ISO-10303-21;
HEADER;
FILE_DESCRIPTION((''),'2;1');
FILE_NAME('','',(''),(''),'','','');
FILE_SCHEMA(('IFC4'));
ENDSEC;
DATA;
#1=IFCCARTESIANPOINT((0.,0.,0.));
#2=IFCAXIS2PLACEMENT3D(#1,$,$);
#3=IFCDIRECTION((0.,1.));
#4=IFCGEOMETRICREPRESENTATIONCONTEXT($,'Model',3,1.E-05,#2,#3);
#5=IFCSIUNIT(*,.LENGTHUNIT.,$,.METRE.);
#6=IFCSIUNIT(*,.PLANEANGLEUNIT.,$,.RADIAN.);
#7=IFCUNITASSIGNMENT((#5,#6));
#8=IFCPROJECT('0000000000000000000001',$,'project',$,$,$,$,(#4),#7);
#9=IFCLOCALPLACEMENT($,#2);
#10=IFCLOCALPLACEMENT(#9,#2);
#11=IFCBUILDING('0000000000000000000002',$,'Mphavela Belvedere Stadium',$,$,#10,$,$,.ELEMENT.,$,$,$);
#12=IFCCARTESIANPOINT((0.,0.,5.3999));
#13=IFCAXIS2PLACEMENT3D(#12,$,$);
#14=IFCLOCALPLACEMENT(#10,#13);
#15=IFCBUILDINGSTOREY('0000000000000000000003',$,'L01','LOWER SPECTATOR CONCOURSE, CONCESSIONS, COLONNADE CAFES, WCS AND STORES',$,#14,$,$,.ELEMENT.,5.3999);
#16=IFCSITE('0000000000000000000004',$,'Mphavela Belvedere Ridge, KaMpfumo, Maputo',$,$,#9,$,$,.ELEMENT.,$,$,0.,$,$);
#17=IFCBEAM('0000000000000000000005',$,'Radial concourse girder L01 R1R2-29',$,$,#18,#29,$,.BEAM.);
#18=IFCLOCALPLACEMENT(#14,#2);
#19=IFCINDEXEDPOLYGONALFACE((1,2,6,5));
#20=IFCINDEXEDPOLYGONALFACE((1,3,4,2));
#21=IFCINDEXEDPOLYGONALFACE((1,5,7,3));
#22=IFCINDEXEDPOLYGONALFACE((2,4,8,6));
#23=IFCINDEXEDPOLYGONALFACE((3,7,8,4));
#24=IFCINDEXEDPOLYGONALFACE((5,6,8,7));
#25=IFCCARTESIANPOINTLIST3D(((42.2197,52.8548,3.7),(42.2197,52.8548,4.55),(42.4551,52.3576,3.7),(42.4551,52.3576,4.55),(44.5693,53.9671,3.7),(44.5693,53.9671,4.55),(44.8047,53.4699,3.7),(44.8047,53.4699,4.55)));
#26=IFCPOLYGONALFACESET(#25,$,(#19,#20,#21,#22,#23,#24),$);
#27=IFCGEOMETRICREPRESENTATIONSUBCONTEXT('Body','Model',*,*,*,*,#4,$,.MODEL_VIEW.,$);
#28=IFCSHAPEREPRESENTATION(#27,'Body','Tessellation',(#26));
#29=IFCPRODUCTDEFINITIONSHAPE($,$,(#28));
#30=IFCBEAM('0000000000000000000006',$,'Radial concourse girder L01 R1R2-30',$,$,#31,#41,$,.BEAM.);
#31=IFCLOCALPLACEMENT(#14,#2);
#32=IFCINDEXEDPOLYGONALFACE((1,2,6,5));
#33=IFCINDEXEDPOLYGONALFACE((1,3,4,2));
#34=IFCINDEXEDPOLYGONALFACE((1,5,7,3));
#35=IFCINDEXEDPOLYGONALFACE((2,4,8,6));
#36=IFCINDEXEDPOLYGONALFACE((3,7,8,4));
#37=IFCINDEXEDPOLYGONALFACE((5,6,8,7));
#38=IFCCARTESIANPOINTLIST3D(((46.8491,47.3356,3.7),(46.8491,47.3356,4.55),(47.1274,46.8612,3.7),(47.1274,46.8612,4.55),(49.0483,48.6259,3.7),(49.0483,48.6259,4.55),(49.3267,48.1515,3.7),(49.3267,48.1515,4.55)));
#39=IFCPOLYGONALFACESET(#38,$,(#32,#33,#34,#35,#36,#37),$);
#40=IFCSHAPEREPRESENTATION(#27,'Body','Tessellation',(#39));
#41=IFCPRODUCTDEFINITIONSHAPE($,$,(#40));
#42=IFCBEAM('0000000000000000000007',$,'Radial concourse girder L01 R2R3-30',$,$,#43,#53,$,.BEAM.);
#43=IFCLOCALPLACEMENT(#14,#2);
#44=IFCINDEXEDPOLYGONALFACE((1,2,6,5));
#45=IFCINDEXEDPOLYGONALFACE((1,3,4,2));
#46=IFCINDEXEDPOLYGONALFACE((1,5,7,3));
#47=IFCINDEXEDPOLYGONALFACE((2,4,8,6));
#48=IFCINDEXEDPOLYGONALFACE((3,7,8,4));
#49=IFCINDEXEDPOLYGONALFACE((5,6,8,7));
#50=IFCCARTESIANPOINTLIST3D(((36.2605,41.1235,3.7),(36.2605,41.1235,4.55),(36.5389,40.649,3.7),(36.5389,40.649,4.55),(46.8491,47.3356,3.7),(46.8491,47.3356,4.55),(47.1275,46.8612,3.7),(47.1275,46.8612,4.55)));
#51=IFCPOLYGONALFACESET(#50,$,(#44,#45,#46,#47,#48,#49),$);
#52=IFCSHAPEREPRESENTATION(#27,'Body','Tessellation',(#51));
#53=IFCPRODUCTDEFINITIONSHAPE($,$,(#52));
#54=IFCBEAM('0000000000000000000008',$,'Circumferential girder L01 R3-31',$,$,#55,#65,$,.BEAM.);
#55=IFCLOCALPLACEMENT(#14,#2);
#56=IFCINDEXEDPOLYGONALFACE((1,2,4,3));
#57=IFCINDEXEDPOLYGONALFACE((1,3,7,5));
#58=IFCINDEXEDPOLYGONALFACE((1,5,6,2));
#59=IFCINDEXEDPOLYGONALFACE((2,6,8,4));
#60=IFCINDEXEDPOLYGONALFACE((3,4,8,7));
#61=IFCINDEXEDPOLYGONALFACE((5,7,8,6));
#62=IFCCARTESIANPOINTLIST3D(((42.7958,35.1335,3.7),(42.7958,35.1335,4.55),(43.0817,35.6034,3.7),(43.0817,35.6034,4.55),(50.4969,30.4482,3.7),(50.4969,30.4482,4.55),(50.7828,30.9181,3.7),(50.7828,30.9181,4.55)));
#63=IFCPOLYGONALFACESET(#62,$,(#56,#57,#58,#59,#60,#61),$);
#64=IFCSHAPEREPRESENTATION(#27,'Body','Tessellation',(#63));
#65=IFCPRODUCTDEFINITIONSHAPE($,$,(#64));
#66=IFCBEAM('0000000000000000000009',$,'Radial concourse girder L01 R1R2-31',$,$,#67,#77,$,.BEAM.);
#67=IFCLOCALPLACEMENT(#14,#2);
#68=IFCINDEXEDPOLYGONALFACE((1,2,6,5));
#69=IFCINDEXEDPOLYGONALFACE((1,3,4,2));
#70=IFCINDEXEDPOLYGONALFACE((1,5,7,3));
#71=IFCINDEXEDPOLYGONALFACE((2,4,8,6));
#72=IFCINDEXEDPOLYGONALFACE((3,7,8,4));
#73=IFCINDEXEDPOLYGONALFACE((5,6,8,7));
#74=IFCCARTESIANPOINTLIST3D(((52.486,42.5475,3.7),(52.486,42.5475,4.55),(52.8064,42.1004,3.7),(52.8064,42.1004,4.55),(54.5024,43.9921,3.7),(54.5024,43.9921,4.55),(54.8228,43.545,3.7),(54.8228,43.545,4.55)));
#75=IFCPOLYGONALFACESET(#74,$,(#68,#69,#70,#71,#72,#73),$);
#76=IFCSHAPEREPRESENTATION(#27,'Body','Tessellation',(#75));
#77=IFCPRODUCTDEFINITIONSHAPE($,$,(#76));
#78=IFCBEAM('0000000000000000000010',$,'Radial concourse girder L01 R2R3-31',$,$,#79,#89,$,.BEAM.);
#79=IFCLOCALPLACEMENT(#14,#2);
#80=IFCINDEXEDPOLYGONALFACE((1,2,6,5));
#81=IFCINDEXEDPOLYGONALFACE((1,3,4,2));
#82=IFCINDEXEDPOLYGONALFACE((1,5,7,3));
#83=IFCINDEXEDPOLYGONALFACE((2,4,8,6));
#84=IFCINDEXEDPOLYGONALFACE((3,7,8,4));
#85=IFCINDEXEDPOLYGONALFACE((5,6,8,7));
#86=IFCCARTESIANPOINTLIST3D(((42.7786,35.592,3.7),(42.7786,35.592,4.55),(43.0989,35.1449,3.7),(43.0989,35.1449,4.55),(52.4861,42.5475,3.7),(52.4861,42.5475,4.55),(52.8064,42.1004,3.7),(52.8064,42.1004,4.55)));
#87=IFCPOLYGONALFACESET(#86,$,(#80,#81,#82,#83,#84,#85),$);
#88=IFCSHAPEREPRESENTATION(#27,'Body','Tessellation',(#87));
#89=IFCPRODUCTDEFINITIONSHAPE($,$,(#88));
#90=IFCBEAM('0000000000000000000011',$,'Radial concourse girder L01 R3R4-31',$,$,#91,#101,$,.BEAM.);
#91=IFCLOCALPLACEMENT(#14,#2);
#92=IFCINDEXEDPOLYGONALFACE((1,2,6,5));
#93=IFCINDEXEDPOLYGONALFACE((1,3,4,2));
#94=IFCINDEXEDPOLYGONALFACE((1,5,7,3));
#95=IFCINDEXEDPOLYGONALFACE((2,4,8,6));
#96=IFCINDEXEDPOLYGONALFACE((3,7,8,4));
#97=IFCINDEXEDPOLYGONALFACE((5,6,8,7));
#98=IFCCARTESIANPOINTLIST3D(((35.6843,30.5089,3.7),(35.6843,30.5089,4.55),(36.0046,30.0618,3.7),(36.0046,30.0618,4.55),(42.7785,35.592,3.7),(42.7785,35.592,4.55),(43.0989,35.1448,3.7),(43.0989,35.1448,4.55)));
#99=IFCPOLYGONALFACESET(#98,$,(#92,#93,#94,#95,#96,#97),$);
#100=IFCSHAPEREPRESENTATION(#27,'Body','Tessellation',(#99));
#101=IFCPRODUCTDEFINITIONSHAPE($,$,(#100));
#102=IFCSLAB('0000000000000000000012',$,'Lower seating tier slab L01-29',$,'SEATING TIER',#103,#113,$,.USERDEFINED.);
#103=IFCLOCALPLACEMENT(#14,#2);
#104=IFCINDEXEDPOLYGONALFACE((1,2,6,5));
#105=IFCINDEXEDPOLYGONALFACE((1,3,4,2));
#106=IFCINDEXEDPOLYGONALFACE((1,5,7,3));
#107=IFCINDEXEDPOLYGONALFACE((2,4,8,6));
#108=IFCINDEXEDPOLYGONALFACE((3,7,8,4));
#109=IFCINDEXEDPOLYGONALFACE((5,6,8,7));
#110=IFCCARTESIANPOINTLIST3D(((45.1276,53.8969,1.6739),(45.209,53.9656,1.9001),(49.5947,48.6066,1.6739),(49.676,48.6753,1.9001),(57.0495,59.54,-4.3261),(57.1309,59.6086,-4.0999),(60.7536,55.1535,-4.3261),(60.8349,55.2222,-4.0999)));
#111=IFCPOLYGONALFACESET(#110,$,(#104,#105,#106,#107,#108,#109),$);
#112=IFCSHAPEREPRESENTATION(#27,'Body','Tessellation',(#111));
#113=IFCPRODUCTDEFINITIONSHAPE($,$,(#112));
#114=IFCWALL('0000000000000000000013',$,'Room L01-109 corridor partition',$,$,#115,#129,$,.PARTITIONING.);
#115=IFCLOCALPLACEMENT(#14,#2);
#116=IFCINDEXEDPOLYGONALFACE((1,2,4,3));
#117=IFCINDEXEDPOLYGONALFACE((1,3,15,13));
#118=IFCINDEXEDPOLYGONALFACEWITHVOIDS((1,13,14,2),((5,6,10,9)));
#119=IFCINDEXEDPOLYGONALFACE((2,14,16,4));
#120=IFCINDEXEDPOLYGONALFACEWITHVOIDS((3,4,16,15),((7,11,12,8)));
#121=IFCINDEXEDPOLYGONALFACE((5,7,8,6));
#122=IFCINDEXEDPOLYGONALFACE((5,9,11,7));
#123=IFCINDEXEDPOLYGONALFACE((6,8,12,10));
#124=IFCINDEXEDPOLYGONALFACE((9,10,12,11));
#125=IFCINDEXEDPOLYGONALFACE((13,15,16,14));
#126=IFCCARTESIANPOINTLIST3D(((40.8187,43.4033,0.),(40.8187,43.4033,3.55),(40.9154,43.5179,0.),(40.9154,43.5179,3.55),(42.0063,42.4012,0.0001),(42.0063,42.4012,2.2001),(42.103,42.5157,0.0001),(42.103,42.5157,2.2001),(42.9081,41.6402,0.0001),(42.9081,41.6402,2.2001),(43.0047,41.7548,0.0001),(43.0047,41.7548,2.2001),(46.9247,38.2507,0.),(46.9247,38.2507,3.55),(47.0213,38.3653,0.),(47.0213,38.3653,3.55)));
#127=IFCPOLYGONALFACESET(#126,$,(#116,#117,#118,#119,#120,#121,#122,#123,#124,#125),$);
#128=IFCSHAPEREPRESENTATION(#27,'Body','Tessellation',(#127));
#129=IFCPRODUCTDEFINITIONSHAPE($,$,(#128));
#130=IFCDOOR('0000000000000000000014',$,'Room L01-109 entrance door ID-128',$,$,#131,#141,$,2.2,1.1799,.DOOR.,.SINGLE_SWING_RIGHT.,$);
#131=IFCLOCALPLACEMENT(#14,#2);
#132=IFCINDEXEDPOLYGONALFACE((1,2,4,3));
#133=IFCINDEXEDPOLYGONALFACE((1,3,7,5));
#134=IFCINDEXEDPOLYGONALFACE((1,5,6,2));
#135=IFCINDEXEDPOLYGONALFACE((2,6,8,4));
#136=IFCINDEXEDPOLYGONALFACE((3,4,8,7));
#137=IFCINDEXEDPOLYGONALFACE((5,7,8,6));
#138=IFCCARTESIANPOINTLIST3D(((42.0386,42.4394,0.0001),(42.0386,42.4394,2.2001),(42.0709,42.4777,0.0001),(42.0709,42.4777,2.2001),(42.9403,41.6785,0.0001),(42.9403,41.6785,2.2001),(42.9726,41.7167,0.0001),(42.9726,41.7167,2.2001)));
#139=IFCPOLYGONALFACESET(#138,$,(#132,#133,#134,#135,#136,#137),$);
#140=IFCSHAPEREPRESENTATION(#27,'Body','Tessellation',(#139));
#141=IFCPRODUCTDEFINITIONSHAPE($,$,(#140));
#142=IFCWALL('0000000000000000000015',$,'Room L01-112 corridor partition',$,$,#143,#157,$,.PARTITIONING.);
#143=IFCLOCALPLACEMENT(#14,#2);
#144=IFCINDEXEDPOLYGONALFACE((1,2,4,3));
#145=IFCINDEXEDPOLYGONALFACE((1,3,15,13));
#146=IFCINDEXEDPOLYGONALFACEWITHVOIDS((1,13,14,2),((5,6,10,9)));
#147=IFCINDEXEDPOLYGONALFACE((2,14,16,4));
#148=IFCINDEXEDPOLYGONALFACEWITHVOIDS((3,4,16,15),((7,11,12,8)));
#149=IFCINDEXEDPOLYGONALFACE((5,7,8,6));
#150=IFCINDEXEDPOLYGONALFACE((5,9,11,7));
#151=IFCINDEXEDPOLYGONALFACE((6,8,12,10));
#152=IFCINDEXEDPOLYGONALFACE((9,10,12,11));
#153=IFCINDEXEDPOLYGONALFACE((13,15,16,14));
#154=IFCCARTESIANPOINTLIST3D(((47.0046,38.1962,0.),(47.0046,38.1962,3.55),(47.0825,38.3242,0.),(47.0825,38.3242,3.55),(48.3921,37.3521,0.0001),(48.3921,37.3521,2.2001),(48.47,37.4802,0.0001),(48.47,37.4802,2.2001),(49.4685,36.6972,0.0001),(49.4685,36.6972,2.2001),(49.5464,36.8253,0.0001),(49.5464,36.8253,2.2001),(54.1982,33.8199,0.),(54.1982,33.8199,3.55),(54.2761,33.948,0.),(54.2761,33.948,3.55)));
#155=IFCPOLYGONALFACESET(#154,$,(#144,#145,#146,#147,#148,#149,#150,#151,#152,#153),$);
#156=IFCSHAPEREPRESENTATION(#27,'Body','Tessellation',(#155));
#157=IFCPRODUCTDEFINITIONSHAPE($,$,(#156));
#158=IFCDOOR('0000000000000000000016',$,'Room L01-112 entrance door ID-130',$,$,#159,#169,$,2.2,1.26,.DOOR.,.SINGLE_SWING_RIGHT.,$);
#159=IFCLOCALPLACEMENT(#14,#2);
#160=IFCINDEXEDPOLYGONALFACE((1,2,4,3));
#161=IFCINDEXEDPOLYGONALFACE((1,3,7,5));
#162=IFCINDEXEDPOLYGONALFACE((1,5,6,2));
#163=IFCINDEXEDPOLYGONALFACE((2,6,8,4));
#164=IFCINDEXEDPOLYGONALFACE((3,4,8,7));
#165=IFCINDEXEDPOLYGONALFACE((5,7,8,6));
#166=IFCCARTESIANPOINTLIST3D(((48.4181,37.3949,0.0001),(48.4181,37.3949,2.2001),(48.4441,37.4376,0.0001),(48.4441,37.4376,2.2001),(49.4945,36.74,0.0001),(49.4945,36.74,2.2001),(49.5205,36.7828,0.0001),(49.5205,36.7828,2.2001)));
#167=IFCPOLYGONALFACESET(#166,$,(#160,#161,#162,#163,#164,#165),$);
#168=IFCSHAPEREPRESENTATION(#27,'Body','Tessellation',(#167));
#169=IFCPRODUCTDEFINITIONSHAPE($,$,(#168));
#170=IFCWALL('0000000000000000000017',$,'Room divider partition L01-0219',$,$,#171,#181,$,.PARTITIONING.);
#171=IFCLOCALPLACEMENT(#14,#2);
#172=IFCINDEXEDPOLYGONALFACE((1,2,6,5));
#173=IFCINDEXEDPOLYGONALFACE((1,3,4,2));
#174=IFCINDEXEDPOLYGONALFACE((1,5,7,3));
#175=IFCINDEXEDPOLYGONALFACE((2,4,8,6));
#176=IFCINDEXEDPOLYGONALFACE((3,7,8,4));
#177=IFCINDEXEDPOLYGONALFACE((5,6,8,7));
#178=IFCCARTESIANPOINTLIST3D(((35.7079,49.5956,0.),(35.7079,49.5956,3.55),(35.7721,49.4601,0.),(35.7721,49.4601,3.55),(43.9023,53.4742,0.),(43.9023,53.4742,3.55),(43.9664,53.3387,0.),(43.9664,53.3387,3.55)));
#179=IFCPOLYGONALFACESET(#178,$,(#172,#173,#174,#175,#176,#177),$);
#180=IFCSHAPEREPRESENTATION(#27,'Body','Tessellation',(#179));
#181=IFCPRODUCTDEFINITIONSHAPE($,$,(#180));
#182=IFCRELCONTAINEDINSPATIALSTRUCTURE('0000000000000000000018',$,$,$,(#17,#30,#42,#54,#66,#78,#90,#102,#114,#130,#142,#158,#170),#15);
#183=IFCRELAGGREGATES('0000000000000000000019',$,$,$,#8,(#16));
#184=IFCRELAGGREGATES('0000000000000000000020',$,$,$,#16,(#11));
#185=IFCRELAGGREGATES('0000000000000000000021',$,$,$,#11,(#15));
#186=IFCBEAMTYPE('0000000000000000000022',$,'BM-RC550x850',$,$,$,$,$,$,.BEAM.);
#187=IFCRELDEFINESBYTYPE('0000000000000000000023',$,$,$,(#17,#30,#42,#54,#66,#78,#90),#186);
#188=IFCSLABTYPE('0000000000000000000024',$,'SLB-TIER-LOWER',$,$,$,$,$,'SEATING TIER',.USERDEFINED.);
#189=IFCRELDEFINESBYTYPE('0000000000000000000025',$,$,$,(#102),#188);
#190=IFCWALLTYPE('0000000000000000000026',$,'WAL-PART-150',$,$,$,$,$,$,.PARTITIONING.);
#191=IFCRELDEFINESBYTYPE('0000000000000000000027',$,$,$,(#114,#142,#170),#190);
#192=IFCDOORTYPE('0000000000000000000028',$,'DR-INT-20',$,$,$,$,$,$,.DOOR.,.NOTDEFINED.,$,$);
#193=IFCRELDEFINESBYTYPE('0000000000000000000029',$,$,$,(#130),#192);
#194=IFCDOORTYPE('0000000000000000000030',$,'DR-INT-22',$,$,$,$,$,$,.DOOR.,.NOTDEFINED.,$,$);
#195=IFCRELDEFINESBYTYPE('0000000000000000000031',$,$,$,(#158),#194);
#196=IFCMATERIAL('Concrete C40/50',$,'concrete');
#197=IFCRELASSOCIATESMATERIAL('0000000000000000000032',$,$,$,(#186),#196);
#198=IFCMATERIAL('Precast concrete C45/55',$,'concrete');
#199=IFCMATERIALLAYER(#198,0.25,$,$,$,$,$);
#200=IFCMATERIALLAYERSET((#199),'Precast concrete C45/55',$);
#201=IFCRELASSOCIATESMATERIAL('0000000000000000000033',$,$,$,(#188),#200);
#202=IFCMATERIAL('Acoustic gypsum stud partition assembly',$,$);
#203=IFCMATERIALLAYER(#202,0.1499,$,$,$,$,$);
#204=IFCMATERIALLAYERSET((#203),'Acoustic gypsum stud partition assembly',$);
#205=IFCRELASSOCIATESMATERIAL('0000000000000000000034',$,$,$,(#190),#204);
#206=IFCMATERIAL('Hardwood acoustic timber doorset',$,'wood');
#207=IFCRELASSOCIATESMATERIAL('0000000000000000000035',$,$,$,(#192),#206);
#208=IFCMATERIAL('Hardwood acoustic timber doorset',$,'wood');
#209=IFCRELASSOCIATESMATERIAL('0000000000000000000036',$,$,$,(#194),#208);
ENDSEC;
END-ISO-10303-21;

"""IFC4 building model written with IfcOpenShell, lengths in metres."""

from ifc_helpers import new_model, si_unit, direction, frame, frame_2d, origin, origin_2d, place, context, subcontext, project, spatial, polyline, rectangle, outline, extrude, material, layer, layer_set, material_profile, profile_set, type_object, element, fill, save


model = new_model("IFC4")

# Units and contexts
model_context = context("Model", 3, precision=1e-05, world=origin(), true_north=direction((0.0, 1.0)))
body_context = subcontext(model_context, "Body", "Model", "MODEL_VIEW")
ifc_project = project(units=[si_unit("LENGTHUNIT", "METRE"), si_unit("PLANEANGLEUNIT", "RADIAN")], contexts=[model_context])

# Site, building, storey
site_placement = place(None, origin())
site = spatial("IfcSite", under=ifc_project, at=site_placement, Name="Mphavela Belvedere Ridge, KaMpfumo, Maputo", CompositionType="ELEMENT", RefElevation=0.0)
building_placement = place(site_placement, origin())
building = spatial("IfcBuilding", under=site, at=building_placement, Name="Mphavela Belvedere Stadium", CompositionType="ELEMENT")
storey_placement = place(building_placement, frame((0.0, 0.0, 5.3999)))
storey = spatial("IfcBuildingStorey", under=building, at=storey_placement, Name="L01", Description="LOWER SPECTATOR CONCOURSE, CONCESSIONS, COLONNADE CAFES, WCS AND STORES", CompositionType="ELEMENT", Elevation=5.3999)

# Beams
ifc_material_1 = material(Name="Concrete C40/50", Category="concrete")
ifc_material_profile_1 = material_profile(ifc_material_1, rectangle(XDim=0.55, YDim=0.8501, at=origin_2d()), Name="RC 550x850")
ifc_profile_set_1 = profile_set([ifc_material_profile_1], Name="Concrete C40/50")
beam_type_1 = type_object("IfcBeamType", Name="BM-RC550x850", PredefinedType="BEAM", material=ifc_profile_set_1)
beam_1_placement = place(storey_placement, frame((44.687, 53.7185, 4.125), z_axis=(-0.903837, -0.427876, 0.0), x_axis=(0.427876, -0.903837, 0.0)))
element("IfcBeam", 1, at=beam_1_placement, inside=storey, type_object=beam_type_1, Name="Radial concourse girder L01 R1R2-29", PredefinedType="BEAM", context=body_context, shape_type="SweptSolid", body=[
    extrude(rectangle(XDim=0.55, YDim=0.8501, at=origin_2d()), origin(), (0.0, 0.0, 1.0), 2.5996),
])
beam_2_placement = place(storey_placement, frame((49.1875, 48.3887, 4.125), z_axis=(-0.862512, -0.506036, 0.0), x_axis=(0.506036, -0.862512, 0.0)))
element("IfcBeam", 2, at=beam_2_placement, inside=storey, type_object=beam_type_1, Name="Radial concourse girder L01 R1R2-30", PredefinedType="BEAM", context=body_context, shape_type="SweptSolid", body=[
    extrude(rectangle(XDim=0.55, YDim=0.8501, at=origin_2d()), origin(), (0.0, 0.0, 1.0), 2.5498),
])
beam_3_placement = place(storey_placement, frame((46.9883, 47.0984, 4.125), z_axis=(-0.862519, -0.506025, 0.0), x_axis=(0.506025, -0.862519, 0.0)))
element("IfcBeam", 3, at=beam_3_placement, inside=storey, type_object=beam_type_1, Name="Radial concourse girder L01 R2R3-30", PredefinedType="BEAM", context=body_context, shape_type="SweptSolid", body=[
    extrude(rectangle(XDim=0.55, YDim=0.8501, at=origin_2d()), origin(), (0.0, 0.0, 1.0), 12.2764),
])
beam_4_placement = place(storey_placement, frame((42.9387, 35.3684, 4.125), z_axis=(0.854315, -0.519755, 0.0), x_axis=(0.519755, 0.854315, 0.0)))
element("IfcBeam", 4, at=beam_4_placement, inside=storey, type_object=beam_type_1, Name="Circumferential girder L01 R3-31", PredefinedType="BEAM", context=body_context, shape_type="SweptSolid", body=[
    extrude(rectangle(XDim=0.55, YDim=0.8501, at=origin_2d()), origin(), (0.0, 0.0, 1.0), 9.0144),
])
beam_5_placement = place(storey_placement, frame((54.6626, 43.7686, 4.125), z_axis=(-0.812908, -0.582392, 0.0), x_axis=(0.582392, -0.812908, 0.0)))
element("IfcBeam", 5, at=beam_5_placement, inside=storey, type_object=beam_type_1, Name="Radial concourse girder L01 R1R2-31", PredefinedType="BEAM", context=body_context, shape_type="SweptSolid", body=[
    extrude(rectangle(XDim=0.55, YDim=0.8501, at=origin_2d()), origin(), (0.0, 0.0, 1.0), 2.4805),
])
beam_6_placement = place(storey_placement, frame((52.6462, 42.324, 4.125), z_axis=(-0.812876, -0.582437, 0.0), x_axis=(0.582437, -0.812876, 0.0)))
element("IfcBeam", 6, at=beam_6_placement, inside=storey, type_object=beam_type_1, Name="Radial concourse girder L01 R2R3-31", PredefinedType="BEAM", context=body_context, shape_type="SweptSolid", body=[
    extrude(rectangle(XDim=0.55, YDim=0.8501, at=origin_2d()), origin(), (0.0, 0.0, 1.0), 11.9421),
])
beam_7_placement = place(storey_placement, frame((42.9387, 35.3684, 4.125), z_axis=(-0.812882, -0.582428, 0.0), x_axis=(0.582428, -0.812882, 0.0)))
element("IfcBeam", 7, at=beam_7_placement, inside=storey, type_object=beam_type_1, Name="Radial concourse girder L01 R3R4-31", PredefinedType="BEAM", context=body_context, shape_type="SweptSolid", body=[
    extrude(rectangle(XDim=0.55, YDim=0.8501, at=origin_2d()), origin(), (0.0, 0.0, 1.0), 8.7273),
])

# Slab
ifc_material_2 = material(Name="Precast concrete C45/55", Category="concrete")
ifc_layer_1 = layer(ifc_material_2, 0.25)
ifc_layer_set_1 = layer_set([ifc_layer_1], Name="Precast concrete C45/55")
slab_type = type_object("IfcSlabType", Name="SLB-TIER-LOWER", ElementType="SEATING TIER", PredefinedType="USERDEFINED", material=ifc_layer_set_1)
slab_1_placement = place(storey_placement, frame((57.1309, 59.6086, -4.0999), z_axis=(0.325335, 0.274716, 0.904814), x_axis=(0.645175, -0.764035, -0.000006)))
element("IfcSlab", 8, at=slab_1_placement, inside=storey, type_object=slab_type, Name="Lower seating tier slab L01-29", ObjectType="SEATING TIER", PredefinedType="USERDEFINED", context=body_context, shape_type="SweptSolid", body=[
    extrude(outline(polyline([(0.0, 0.0), (5.7412, 0.0), (3.5437, -14.0909), (-3.3802, -14.0908), (0.0, 0.0)])), origin(), (0.0, 0.0, -1.0), 0.25),
])

# Walls, openings, doors
ifc_material_3 = material(Name="Acoustic gypsum stud partition assembly")
ifc_layer_2 = layer(ifc_material_3, 0.1499)
ifc_layer_set_2 = layer_set([ifc_layer_2], Name="Acoustic gypsum stud partition assembly")
wall_type = type_object("IfcWallType", Name="WAL-PART-150", PredefinedType="PARTITIONING", material=ifc_layer_set_2)
wall_1_placement = place(storey_placement, frame((46.9729, 38.3081, 0.0), z_axis=(0.0, 0.0, 1.0), x_axis=(-0.764249, 0.644921, 0.0)))
wall_1 = element("IfcWall", 9, at=wall_1_placement, inside=storey, type_object=wall_type, Name="Room L01-109 corridor partition", PredefinedType="PARTITIONING", context=body_context, shape_type="SweptSolid", body=[
    extrude(rectangle(XDim=7.9895, YDim=0.1499, at=frame_2d((3.9946, 0.0))), origin(), (0.0, 0.0, 1.0), 3.55),
])
opening_1_placement = place(wall_1_placement, frame((5.2556, 0.0, 0.0)))
opening_1 = element("IfcOpeningElement", 10, at=opening_1_placement, cuts=wall_1, PredefinedType="OPENING", context=body_context, shape_type="SweptSolid", body=[
    extrude(rectangle(XDim=1.1799, YDim=2.2, at=frame_2d((0.5898, 1.1001))), frame((0.0, 0.085, 0.0), z_axis=(0.0, -1.0, 0.0), x_axis=(1.0, 0.0, 0.0)), (0.0, 0.0, 1.0), 0.1699),
])
ifc_material_4 = material(Name="Hardwood acoustic timber doorset", Category="wood")
door_type_1 = type_object("IfcDoorType", Name="DR-INT-20", OperationType="NOTDEFINED", PredefinedType="DOOR", material=ifc_material_4)
door_1_placement = place(opening_1_placement, origin())
door_1 = element("IfcDoor", 11, at=door_1_placement, inside=storey, type_object=door_type_1, Name="Room L01-109 entrance door ID-128", OperationType="SINGLE_SWING_RIGHT", OverallHeight=2.2, OverallWidth=1.1799, PredefinedType="DOOR", context=body_context, shape_type="SweptSolid", body=[
    extrude(rectangle(XDim=1.1799, YDim=2.2, at=frame_2d((0.5898, 1.1001))), frame((0.0, 0.0249, 0.0), z_axis=(0.0, -1.0, 0.0), x_axis=(1.0, 0.0, 0.0)), (0.0, 0.0, 1.0), 0.05),
])
fill(opening_1, door_1)
wall_2_placement = place(storey_placement, frame((54.2371, 33.884, 0.0), z_axis=(0.0, 0.0, 1.0), x_axis=(-0.85433, 0.519731, 0.0)))
wall_2 = element("IfcWall", 12, at=wall_2_placement, inside=storey, type_object=wall_type, Name="Room L01-112 corridor partition", PredefinedType="PARTITIONING", context=body_context, shape_type="SweptSolid", body=[
    extrude(rectangle(XDim=8.4202, YDim=0.1499, at=frame_2d((4.21, 0.0))), origin(), (0.0, 0.0, 1.0), 3.55),
])
opening_2_placement = place(wall_2_placement, frame((5.5361, 0.0, 0.0)))
opening_2 = element("IfcOpeningElement", 13, at=opening_2_placement, cuts=wall_2, PredefinedType="OPENING", context=body_context, shape_type="SweptSolid", body=[
    extrude(rectangle(XDim=1.26, YDim=2.2, at=frame_2d((0.6299, 1.1001))), frame((0.0, 0.085, 0.0), z_axis=(0.0, -1.0, 0.0), x_axis=(1.0, 0.0, 0.0)), (0.0, 0.0, 1.0), 0.1699),
])
ifc_material_5 = material(Name="Hardwood acoustic timber doorset", Category="wood")
door_type_2 = type_object("IfcDoorType", Name="DR-INT-22", OperationType="NOTDEFINED", PredefinedType="DOOR", material=ifc_material_5)
door_2_placement = place(opening_2_placement, origin())
door_2 = element("IfcDoor", 14, at=door_2_placement, inside=storey, type_object=door_type_2, Name="Room L01-112 entrance door ID-130", OperationType="SINGLE_SWING_RIGHT", OverallHeight=2.2, OverallWidth=1.26, PredefinedType="DOOR", context=body_context, shape_type="SweptSolid", body=[
    extrude(rectangle(XDim=1.26, YDim=2.2, at=frame_2d((0.6299, 1.1001))), frame((0.0, 0.0249, 0.0), z_axis=(0.0, -1.0, 0.0), x_axis=(1.0, 0.0, 0.0)), (0.0, 0.0, 1.0), 0.05),
])
fill(opening_2, door_2)

# Wall
wall_3_placement = place(storey_placement, frame((43.9343, 53.4065, 0.0), z_axis=(0.0, 0.0, 1.0), x_axis=(-0.90386, -0.427828, 0.0)))
element("IfcWall", 15, at=wall_3_placement, inside=storey, type_object=wall_type, Name="Room divider partition L01-0219", PredefinedType="PARTITIONING", context=body_context, shape_type="SweptSolid", body=[
    extrude(rectangle(XDim=9.0659, YDim=0.1499, at=frame_2d((4.533, 0.0))), origin(), (0.0, 0.0, 1.0), 3.55),
])

save(model, "model.ifc")
